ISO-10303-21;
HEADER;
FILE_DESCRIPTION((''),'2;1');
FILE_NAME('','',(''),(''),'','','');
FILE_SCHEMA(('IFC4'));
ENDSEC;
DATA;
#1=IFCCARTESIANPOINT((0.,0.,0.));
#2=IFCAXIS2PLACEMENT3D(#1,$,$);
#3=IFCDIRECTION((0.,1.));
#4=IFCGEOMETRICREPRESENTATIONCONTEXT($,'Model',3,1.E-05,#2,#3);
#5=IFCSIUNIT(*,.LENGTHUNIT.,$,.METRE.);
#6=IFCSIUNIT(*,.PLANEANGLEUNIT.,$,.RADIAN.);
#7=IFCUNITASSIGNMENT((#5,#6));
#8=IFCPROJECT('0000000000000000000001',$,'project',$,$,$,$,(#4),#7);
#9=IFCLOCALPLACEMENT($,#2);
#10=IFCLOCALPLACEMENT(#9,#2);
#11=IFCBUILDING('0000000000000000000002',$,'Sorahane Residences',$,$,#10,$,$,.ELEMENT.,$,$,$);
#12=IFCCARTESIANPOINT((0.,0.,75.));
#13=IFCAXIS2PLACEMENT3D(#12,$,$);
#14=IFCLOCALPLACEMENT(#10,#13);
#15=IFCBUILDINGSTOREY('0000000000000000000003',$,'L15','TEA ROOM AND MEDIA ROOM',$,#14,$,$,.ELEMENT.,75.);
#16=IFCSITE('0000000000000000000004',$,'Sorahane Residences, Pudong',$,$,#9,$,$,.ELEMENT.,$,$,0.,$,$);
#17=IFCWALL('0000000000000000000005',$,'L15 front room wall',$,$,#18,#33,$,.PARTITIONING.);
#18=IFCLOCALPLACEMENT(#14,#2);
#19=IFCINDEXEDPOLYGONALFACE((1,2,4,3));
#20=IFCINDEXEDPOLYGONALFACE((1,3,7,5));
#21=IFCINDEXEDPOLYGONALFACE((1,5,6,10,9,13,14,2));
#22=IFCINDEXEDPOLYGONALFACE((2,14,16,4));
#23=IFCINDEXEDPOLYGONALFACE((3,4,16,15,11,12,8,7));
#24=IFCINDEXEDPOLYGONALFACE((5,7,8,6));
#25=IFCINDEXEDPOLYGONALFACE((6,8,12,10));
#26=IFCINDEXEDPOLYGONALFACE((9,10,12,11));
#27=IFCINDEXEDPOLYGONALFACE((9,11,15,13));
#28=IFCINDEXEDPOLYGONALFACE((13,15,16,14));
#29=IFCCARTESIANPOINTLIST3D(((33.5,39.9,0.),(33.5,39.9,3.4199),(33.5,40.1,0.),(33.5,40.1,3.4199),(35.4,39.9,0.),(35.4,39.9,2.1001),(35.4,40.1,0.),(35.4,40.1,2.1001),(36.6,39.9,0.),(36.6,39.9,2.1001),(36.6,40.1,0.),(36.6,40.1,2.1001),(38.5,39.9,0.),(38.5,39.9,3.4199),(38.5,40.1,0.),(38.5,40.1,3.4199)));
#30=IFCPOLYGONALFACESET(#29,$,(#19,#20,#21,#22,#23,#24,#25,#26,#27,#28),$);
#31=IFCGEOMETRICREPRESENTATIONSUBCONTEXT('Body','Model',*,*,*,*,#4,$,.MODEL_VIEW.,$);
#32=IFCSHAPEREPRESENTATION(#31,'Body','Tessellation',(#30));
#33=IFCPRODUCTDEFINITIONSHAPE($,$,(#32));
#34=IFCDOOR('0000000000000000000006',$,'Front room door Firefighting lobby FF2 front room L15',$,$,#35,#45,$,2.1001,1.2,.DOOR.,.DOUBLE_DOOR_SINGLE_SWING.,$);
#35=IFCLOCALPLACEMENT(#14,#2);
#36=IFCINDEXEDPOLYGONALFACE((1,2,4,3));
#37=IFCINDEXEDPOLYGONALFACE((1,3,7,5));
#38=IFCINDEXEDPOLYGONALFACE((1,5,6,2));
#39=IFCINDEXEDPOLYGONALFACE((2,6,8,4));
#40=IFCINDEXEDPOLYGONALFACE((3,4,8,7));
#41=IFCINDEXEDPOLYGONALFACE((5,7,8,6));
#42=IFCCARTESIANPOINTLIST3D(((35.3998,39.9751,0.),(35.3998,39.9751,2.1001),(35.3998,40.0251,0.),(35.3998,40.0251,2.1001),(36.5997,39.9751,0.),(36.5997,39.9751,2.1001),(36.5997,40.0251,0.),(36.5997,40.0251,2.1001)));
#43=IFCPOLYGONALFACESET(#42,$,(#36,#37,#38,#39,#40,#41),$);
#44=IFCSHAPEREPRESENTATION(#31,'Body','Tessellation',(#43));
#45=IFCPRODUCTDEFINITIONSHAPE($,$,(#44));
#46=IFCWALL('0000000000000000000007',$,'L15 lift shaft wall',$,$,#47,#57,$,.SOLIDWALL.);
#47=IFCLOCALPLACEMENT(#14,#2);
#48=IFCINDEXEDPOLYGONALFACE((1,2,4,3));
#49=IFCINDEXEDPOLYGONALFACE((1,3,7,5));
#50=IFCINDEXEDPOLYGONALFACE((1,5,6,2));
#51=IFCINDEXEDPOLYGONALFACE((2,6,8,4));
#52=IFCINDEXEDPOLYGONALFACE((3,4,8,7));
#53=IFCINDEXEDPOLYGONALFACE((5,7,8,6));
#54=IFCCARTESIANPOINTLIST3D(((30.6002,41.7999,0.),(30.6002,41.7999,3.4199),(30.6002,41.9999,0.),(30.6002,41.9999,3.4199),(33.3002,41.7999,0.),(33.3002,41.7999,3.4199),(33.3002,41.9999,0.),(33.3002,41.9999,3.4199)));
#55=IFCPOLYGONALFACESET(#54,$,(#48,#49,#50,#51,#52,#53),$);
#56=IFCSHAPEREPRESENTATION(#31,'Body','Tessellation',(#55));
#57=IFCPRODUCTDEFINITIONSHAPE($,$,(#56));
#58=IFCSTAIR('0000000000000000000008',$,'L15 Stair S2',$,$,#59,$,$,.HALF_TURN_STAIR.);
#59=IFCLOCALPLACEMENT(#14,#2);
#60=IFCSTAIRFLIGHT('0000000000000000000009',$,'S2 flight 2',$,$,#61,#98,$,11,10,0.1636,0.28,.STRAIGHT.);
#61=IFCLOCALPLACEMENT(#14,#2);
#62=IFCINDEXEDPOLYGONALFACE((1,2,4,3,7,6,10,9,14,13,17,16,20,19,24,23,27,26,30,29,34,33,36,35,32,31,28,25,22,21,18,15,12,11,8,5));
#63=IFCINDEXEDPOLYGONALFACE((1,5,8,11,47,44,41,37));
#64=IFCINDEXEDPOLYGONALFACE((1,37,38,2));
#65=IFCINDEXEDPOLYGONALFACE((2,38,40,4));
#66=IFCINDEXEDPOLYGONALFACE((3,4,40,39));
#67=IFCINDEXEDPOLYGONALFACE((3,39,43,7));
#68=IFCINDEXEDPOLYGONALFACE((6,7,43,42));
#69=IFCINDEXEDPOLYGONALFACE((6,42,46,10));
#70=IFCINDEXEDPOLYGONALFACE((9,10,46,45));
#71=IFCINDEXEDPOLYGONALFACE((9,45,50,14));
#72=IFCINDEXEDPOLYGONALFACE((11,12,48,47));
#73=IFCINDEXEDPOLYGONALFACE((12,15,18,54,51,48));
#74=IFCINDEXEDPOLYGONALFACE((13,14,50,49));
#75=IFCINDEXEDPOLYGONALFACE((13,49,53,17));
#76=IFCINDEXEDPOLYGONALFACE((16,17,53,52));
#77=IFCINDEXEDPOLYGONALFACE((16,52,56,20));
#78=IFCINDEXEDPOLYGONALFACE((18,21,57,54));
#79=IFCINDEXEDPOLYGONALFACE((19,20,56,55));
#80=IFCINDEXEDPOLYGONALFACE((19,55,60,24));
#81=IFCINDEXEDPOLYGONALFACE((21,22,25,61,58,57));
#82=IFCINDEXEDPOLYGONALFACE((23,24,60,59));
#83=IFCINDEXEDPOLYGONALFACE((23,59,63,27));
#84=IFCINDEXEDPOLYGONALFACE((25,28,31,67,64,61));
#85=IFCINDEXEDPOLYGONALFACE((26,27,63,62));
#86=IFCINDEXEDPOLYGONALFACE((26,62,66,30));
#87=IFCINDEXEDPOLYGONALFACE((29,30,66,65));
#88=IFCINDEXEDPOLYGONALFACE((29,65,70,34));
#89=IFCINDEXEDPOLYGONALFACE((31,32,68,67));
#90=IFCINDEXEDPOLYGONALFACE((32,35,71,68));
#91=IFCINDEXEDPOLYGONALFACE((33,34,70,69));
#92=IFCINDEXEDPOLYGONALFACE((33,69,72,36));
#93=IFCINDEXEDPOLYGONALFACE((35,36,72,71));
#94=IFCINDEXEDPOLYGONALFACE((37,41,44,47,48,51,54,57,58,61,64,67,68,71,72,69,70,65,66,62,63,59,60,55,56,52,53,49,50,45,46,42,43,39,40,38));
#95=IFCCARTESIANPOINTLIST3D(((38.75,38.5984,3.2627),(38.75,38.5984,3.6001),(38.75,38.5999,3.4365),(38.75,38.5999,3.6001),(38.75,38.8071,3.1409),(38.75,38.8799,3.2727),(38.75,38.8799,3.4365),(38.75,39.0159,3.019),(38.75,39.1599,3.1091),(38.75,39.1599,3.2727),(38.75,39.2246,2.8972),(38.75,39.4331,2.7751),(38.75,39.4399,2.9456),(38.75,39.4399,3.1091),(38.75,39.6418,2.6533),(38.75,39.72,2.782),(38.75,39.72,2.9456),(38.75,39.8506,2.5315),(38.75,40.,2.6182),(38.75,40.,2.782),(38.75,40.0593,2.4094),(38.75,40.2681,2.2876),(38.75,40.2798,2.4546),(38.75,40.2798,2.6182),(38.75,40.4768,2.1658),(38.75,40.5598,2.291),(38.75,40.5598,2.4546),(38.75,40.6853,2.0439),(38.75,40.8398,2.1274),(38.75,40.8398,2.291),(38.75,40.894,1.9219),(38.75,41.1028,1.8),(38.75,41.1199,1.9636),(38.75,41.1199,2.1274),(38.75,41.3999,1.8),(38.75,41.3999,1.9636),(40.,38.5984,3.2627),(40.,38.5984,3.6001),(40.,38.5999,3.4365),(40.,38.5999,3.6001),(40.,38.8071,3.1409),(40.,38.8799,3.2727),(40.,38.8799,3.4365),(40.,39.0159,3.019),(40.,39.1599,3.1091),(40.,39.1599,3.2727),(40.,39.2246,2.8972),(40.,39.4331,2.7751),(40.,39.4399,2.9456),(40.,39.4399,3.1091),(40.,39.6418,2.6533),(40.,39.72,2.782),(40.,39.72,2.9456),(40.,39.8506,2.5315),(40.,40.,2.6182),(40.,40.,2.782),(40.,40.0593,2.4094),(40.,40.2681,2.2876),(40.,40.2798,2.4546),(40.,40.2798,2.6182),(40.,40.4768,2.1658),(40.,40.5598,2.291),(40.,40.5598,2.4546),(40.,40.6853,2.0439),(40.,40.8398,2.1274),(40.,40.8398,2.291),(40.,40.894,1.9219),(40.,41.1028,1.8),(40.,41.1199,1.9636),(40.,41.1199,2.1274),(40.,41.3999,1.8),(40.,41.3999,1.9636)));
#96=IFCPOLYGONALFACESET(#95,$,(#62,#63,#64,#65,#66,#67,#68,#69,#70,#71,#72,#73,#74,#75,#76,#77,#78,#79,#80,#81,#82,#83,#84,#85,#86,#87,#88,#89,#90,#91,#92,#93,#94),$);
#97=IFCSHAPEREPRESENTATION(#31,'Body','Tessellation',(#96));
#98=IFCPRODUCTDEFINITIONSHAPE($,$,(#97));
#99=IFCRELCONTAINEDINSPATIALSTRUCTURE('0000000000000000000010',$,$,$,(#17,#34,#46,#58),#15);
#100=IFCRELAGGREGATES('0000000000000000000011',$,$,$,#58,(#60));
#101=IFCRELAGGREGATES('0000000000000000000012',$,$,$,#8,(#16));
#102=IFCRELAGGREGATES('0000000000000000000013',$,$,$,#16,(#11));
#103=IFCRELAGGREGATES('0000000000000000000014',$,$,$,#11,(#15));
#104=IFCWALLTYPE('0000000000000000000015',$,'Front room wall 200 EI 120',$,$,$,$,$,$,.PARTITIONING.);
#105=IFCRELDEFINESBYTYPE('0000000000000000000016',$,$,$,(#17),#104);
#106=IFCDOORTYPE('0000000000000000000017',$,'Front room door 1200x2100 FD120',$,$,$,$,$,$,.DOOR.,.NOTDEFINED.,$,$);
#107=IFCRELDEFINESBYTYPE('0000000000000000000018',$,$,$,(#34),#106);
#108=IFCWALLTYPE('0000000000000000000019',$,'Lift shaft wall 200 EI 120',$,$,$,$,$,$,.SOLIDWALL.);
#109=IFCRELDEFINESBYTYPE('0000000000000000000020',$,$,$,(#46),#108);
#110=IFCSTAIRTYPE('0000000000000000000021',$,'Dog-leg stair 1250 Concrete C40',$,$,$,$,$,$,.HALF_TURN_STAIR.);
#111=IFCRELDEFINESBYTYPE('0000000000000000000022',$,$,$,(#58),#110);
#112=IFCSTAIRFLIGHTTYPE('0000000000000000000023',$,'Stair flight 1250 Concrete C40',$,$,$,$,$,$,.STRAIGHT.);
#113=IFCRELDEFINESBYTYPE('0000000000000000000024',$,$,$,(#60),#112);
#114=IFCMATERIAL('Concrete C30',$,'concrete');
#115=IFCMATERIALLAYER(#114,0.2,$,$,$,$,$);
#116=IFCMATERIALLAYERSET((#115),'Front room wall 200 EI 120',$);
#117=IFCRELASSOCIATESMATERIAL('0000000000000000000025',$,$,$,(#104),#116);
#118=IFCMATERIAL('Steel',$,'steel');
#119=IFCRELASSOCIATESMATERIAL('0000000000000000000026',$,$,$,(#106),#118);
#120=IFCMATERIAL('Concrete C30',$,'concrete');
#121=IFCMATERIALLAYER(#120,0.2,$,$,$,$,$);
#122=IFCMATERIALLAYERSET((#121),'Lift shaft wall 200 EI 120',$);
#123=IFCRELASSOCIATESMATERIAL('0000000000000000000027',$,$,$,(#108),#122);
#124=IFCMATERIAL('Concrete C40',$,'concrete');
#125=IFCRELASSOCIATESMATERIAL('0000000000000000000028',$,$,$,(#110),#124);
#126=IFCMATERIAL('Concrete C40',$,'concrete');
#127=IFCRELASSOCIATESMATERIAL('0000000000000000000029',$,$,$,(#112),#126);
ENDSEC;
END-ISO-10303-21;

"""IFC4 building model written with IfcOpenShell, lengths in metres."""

from ifc_helpers import new_model, si_unit, direction, frame, frame_2d, origin, place, context, subcontext, project, spatial, polyline, rectangle, outline, extrude, material, layer, layer_set, type_object, element, fill, aggregate, save


model = new_model("IFC4")

# Units and contexts
model_context = context("Model", 3, precision=1e-05, world=origin(), true_north=direction((0.0, 1.0)))
body_context = subcontext(model_context, "Body", "Model", "MODEL_VIEW")
ifc_project = project(units=[si_unit("LENGTHUNIT", "METRE"), si_unit("PLANEANGLEUNIT", "RADIAN")], contexts=[model_context])

# Site, building, storey
site_placement = place(None, origin())
site = spatial("IfcSite", under=ifc_project, at=site_placement, Name="Sorahane Residences, Pudong", CompositionType="ELEMENT", RefElevation=0.0)
building_placement = place(site_placement, origin())
building = spatial("IfcBuilding", under=site, at=building_placement, Name="Sorahane Residences", CompositionType="ELEMENT")
storey_placement = place(building_placement, frame((0.0, 0.0, 75.0)))
storey = spatial("IfcBuildingStorey", under=building, at=storey_placement, Name="L15", Description="TEA ROOM AND MEDIA ROOM", CompositionType="ELEMENT", Elevation=75.0)

# Wall, opening, door
ifc_material_1 = material(Name="Concrete C30", Category="concrete")
ifc_layer_1 = layer(ifc_material_1, 0.2)
ifc_layer_set_1 = layer_set([ifc_layer_1], Name="Front room wall 200 EI 120")
wall_type_1 = type_object("IfcWallType", Name="Front room wall 200 EI 120", PredefinedType="PARTITIONING", material=ifc_layer_set_1)
wall_1_placement = place(storey_placement, frame((33.5, 40.0, 0.0), z_axis=(0.0, 0.0, 1.0), x_axis=(1.0, 0.0, 0.0)))
wall_1 = element("IfcWall", 1, at=wall_1_placement, inside=storey, type_object=wall_type_1, Name="L15 front room wall", PredefinedType="PARTITIONING", context=body_context, shape_type="SweptSolid", body=[
    extrude(rectangle(XDim=5.0, YDim=0.2, at=frame_2d((2.5, 0.0))), origin(), (0.0, 0.0, 1.0), 3.4199),
])
opening_placement = place(wall_1_placement, frame((1.8999, 0.0, 0.0)))
opening = element("IfcOpeningElement", 2, at=opening_placement, cuts=wall_1, PredefinedType="OPENING", context=body_context, shape_type="SweptSolid", body=[
    extrude(rectangle(XDim=1.2, YDim=2.1001, at=frame_2d((0.6001, 1.05))), frame((0.0, 0.1099, 0.0), z_axis=(0.0, -1.0, 0.0), x_axis=(1.0, 0.0, 0.0)), (0.0, 0.0, 1.0), 0.22),
])
ifc_material_2 = material(Name="Steel", Category="steel")
door_type = type_object("IfcDoorType", Name="Front room door 1200x2100 FD120", OperationType="NOTDEFINED", PredefinedType="DOOR", material=ifc_material_2)
door_placement = place(opening_placement, frame((1.2, 0.0, 0.0), z_axis=(0.0, 0.0, 1.0), x_axis=(-1.0, 0.0, 0.0)))
door = element("IfcDoor", 3, at=door_placement, inside=storey, type_object=door_type, Name="Front room door Firefighting lobby FF2 front room L15", OperationType="DOUBLE_DOOR_SINGLE_SWING", OverallHeight=2.1001, OverallWidth=1.2, PredefinedType="DOOR", context=body_context, shape_type="SweptSolid", body=[
    extrude(rectangle(XDim=1.2, YDim=2.1001, at=frame_2d((0.6001, 1.05))), frame((0.0, 0.0249, 0.0), z_axis=(0.0, -1.0, 0.0), x_axis=(1.0, 0.0, 0.0)), (0.0, 0.0, 1.0), 0.05),
])
fill(opening, door)

# Wall
ifc_material_3 = material(Name="Concrete C30", Category="concrete")
ifc_layer_2 = layer(ifc_material_3, 0.2)
ifc_layer_set_2 = layer_set([ifc_layer_2], Name="Lift shaft wall 200 EI 120")
wall_type_2 = type_object("IfcWallType", Name="Lift shaft wall 200 EI 120", PredefinedType="SOLIDWALL", material=ifc_layer_set_2)
wall_2_placement = place(storey_placement, frame((30.6001, 41.8999, 0.0), z_axis=(0.0, 0.0, 1.0), x_axis=(1.0, 0.0, 0.0)))
element("IfcWall", 4, at=wall_2_placement, inside=storey, type_object=wall_type_2, Name="L15 lift shaft wall", PredefinedType="SOLIDWALL", context=body_context, shape_type="SweptSolid", body=[
    extrude(rectangle(XDim=2.7, YDim=0.2, at=frame_2d((1.3501, 0.0))), origin(), (0.0, 0.0, 1.0), 3.4199),
])

# Stair, stair flight
ifc_material_4 = material(Name="Concrete C40", Category="concrete")
stair_type = type_object("IfcStairType", Name="Dog-leg stair 1250 Concrete C40", PredefinedType="HALF_TURN_STAIR", material=ifc_material_4)
stair_placement = place(storey_placement, origin())
stair = element("IfcStair", 5, at=stair_placement, inside=storey, type_object=stair_type, Name="L15 Stair S2", PredefinedType="HALF_TURN_STAIR")
ifc_material_5 = material(Name="Concrete C40", Category="concrete")
stair_flight_type = type_object("IfcStairFlightType", Name="Stair flight 1250 Concrete C40", PredefinedType="STRAIGHT", material=ifc_material_5)
stair_flight_placement = place(storey_placement, frame((39.375, 41.3999, 1.8), z_axis=(0.0, 0.0, 1.0), x_axis=(0.0, -1.0, 0.0)))
stair_flight = element("IfcStairFlight", 6, at=stair_flight_placement, type_object=stair_flight_type, Name="S2 flight 2", NumberOfRisers=11, NumberOfTreads=10, PredefinedType="STRAIGHT", RiserHeight=0.1636, TreadLength=0.28, context=body_context, shape_type="SweptSolid", body=[
    extrude(outline(polyline([(0.0, 0.0), (0.0, 0.1636), (0.28, 0.1636), (0.28, 0.3274), (0.5601, 0.3274), (0.5601, 0.491), (0.8401, 0.491), (0.8401, 0.6545), (1.1201, 0.6545), (1.1201, 0.8181), (1.3999, 0.8181), (1.3999, 0.9819), (1.6799, 0.9819), (1.6799, 1.1455), (1.96, 1.1455), (1.96, 1.3091), (2.24, 1.3091), (2.24, 1.4727), (2.52, 1.4727), (2.52, 1.6365), (2.8, 1.6365), (2.8, 1.8), (2.8015, 1.8), (2.8015, 1.4626), (2.5928, 1.3408), (2.384, 1.219), (2.1753, 1.0972), (1.9668, 0.9751), (1.7581, 0.8533), (1.5493, 0.7314), (1.3406, 0.6094), (1.1318, 0.4875), (0.9231, 0.3657), (0.7146, 0.2439), (0.5059, 0.1218), (0.2971, 0.0), (0.0, 0.0)])), frame((0.0, 0.625, 0.0), z_axis=(0.0, -1.0, 0.0), x_axis=(1.0, 0.0, 0.0)), (0.0, 0.0, 1.0), 1.25),
])
aggregate(stair, [stair_flight])

save(model, "model.ifc")
